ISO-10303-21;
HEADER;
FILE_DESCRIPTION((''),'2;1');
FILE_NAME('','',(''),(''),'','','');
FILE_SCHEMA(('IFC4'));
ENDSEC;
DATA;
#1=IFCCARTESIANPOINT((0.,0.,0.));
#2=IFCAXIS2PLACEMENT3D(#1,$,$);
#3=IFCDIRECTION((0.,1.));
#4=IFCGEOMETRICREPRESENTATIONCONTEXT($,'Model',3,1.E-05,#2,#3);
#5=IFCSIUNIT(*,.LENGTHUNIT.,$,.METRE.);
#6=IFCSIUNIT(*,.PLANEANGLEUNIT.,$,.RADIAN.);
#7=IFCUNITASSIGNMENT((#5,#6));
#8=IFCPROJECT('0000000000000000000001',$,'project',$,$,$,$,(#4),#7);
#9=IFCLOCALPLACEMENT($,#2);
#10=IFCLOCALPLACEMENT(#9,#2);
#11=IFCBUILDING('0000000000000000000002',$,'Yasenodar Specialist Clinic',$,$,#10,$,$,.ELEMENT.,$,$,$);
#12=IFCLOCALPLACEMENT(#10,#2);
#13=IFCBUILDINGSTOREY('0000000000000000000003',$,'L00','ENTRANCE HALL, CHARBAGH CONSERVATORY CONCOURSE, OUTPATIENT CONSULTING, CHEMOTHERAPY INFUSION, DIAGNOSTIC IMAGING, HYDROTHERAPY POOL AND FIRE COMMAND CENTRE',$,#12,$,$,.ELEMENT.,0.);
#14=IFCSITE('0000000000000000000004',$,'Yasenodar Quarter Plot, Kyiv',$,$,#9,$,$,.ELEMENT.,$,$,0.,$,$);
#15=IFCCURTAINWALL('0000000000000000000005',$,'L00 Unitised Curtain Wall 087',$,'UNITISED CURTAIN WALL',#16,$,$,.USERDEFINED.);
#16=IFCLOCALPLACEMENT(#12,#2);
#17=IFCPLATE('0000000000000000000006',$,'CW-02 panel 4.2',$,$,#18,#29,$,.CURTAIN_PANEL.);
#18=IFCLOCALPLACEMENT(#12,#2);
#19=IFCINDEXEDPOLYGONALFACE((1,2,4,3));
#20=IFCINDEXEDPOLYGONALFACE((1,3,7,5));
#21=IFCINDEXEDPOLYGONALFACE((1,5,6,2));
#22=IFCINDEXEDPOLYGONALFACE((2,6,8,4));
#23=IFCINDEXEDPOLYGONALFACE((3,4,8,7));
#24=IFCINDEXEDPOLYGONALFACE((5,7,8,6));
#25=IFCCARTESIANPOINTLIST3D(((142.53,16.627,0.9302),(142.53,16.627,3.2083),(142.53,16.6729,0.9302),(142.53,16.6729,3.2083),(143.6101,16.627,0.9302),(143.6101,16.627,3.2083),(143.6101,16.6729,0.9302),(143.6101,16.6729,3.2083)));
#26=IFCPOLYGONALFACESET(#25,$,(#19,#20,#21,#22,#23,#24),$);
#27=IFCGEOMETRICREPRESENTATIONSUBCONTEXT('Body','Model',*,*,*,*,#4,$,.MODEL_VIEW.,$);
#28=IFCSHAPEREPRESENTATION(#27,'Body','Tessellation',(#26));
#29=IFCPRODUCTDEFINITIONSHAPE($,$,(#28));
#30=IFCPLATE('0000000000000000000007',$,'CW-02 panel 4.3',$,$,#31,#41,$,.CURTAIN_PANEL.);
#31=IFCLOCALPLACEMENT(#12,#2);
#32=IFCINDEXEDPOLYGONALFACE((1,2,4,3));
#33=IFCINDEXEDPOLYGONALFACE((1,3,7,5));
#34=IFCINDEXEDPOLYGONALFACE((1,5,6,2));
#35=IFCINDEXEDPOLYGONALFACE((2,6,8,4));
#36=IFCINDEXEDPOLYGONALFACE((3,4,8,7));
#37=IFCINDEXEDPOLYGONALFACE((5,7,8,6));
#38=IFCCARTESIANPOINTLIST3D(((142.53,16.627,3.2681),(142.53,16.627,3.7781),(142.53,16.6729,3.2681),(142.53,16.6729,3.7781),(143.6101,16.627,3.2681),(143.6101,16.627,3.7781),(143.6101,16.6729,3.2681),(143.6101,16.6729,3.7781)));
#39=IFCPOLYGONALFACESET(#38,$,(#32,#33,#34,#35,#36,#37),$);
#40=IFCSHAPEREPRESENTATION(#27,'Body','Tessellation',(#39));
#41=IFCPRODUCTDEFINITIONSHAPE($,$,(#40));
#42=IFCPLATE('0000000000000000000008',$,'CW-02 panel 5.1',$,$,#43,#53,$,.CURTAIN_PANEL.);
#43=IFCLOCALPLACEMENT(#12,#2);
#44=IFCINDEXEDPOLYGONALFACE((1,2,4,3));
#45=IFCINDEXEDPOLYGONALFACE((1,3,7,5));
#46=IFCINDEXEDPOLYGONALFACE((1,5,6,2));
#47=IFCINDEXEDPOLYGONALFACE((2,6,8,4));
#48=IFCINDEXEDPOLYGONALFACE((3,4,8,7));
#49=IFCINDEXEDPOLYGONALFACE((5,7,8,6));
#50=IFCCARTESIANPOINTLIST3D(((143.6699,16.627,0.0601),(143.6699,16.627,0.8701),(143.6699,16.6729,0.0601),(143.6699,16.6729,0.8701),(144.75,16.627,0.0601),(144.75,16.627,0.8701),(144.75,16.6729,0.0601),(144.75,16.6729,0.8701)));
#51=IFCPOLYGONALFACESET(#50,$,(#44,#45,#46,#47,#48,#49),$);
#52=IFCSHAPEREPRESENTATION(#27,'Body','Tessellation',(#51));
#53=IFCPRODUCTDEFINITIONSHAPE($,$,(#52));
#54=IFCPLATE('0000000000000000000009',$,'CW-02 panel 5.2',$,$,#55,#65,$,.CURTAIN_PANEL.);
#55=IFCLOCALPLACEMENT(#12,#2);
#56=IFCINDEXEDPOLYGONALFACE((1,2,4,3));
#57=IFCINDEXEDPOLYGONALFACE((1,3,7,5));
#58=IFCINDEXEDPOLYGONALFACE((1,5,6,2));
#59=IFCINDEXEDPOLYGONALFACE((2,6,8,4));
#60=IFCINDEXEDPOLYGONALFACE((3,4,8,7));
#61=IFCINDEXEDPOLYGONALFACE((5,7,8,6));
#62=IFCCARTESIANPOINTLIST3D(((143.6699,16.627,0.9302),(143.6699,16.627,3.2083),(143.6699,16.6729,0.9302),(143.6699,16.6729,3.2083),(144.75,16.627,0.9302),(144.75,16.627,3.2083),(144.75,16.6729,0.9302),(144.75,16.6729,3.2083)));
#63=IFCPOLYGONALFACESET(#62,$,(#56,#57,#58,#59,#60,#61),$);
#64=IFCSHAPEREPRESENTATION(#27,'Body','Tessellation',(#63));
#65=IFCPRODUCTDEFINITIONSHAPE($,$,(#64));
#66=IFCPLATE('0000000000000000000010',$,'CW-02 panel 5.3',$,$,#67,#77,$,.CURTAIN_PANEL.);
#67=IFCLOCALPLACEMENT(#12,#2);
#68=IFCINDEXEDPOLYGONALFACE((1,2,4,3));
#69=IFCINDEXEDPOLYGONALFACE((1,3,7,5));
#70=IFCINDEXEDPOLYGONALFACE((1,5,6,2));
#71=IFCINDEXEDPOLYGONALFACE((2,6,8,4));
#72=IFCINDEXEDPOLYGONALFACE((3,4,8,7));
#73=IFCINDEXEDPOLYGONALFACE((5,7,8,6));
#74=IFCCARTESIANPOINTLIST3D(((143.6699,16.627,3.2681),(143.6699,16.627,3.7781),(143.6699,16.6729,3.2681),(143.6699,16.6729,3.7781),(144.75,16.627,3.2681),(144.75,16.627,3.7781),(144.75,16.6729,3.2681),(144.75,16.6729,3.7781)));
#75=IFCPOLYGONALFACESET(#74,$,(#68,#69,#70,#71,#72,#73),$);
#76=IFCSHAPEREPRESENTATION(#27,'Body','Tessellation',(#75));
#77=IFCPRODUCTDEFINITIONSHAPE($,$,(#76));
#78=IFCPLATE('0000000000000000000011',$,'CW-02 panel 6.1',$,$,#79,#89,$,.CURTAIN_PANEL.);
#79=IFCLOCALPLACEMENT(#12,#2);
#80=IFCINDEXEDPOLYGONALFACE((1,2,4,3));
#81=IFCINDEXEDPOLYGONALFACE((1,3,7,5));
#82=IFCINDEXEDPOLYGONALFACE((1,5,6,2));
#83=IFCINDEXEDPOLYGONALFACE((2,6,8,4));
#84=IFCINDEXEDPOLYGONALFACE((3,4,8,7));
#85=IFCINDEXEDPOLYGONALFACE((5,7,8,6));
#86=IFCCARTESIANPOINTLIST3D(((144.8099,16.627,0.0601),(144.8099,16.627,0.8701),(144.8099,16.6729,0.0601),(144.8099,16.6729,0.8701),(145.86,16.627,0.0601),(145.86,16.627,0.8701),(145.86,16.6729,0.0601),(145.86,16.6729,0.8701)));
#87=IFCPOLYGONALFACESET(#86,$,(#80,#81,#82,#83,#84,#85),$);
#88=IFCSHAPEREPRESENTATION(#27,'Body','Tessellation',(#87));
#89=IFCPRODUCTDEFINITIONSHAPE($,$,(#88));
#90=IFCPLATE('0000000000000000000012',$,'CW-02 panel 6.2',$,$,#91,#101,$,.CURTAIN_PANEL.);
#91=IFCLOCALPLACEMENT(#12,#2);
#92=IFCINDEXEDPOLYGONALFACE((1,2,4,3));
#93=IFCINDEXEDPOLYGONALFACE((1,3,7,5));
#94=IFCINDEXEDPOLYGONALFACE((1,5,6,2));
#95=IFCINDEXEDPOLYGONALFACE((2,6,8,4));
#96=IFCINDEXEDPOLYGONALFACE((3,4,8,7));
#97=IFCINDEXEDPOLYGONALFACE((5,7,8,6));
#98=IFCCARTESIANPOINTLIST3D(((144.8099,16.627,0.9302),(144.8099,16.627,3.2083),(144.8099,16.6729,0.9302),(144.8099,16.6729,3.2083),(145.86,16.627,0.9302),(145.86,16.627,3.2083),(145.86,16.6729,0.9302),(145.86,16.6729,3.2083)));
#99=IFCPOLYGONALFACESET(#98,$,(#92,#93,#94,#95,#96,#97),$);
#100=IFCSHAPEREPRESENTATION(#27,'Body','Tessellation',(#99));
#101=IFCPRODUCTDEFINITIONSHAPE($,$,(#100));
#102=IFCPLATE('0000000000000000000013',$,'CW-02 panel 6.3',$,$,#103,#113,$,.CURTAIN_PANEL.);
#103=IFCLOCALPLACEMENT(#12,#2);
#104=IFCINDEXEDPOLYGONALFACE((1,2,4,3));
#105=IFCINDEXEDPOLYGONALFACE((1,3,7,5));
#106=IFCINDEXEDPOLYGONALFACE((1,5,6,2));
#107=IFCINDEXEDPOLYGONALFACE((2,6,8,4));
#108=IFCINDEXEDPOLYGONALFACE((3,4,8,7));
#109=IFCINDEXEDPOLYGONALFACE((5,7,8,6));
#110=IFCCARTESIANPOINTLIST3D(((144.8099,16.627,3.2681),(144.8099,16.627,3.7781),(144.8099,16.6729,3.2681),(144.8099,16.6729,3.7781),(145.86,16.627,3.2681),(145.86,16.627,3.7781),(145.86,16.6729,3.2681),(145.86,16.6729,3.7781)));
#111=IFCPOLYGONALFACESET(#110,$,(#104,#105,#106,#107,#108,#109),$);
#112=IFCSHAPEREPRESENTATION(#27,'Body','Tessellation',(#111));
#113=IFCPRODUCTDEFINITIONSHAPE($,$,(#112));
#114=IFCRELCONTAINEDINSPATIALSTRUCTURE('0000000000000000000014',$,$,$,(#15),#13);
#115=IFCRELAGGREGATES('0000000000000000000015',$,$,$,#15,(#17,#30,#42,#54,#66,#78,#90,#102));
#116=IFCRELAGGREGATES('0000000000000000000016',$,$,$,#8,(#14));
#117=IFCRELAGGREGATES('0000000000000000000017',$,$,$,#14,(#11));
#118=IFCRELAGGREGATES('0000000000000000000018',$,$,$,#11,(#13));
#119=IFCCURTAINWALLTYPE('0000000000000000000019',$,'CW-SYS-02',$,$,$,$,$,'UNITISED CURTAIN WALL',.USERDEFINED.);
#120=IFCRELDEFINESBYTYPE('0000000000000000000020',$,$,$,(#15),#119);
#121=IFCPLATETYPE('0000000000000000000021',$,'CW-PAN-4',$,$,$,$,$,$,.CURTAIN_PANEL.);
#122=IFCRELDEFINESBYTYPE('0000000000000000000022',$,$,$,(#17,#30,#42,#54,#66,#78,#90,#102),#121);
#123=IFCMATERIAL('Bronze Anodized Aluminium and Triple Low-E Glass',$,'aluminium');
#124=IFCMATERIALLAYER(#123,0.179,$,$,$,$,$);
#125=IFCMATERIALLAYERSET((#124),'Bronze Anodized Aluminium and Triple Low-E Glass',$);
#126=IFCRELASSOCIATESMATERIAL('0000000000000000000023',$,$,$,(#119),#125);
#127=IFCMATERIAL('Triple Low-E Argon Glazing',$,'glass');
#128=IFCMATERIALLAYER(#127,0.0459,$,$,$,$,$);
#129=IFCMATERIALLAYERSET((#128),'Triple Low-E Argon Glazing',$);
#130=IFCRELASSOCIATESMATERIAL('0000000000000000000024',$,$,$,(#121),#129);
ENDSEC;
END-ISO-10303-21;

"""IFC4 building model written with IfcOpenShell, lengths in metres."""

from ifc_helpers import new_model, si_unit, direction, frame, origin, origin_2d, place, context, subcontext, project, spatial, rectangle, extrude, material, layer, layer_set, type_object, element, aggregate, save


model = new_model("IFC4")

# Units and contexts
model_context = context("Model", 3, precision=1e-05, world=origin(), true_north=direction((0.0, 1.0)))
body_context = subcontext(model_context, "Body", "Model", "MODEL_VIEW")
ifc_project = project(units=[si_unit("LENGTHUNIT", "METRE"), si_unit("PLANEANGLEUNIT", "RADIAN")], contexts=[model_context])

# Site, building, storey
site_placement = place(None, origin())
site = spatial("IfcSite", under=ifc_project, at=site_placement, Name="Yasenodar Quarter Plot, Kyiv", CompositionType="ELEMENT", RefElevation=0.0)
building_placement = place(site_placement, origin())
building = spatial("IfcBuilding", under=site, at=building_placement, Name="Yasenodar Specialist Clinic", CompositionType="ELEMENT")
storey_placement = place(building_placement, origin())
storey = spatial("IfcBuildingStorey", under=building, at=storey_placement, Name="L00", Description="ENTRANCE HALL, CHARBAGH CONSERVATORY CONCOURSE, OUTPATIENT CONSULTING, CHEMOTHERAPY INFUSION, DIAGNOSTIC IMAGING, HYDROTHERAPY POOL AND FIRE COMMAND CENTRE", CompositionType="ELEMENT", Elevation=0.0)

# Curtain wall, plates
ifc_material_1 = material(Name="Bronze Anodized Aluminium and Triple Low-E Glass", Category="aluminium")
ifc_layer_1 = layer(ifc_material_1, 0.179)
ifc_layer_set_1 = layer_set([ifc_layer_1], Name="Bronze Anodized Aluminium and Triple Low-E Glass")
curtain_wall_type = type_object("IfcCurtainWallType", Name="CW-SYS-02", ElementType="UNITISED CURTAIN WALL", PredefinedType="USERDEFINED", material=ifc_layer_set_1)
curtain_wall_placement = place(storey_placement, origin())
curtain_wall = element("IfcCurtainWall", 1, at=curtain_wall_placement, inside=storey, type_object=curtain_wall_type, Name="L00 Unitised Curtain Wall 087", ObjectType="UNITISED CURTAIN WALL", PredefinedType="USERDEFINED")
ifc_material_2 = material(Name="Triple Low-E Argon Glazing", Category="glass")
ifc_layer_2 = layer(ifc_material_2, 0.0459)
ifc_layer_set_2 = layer_set([ifc_layer_2], Name="Triple Low-E Argon Glazing")
plate_type = type_object("IfcPlateType", Name="CW-PAN-4", PredefinedType="CURTAIN_PANEL", material=ifc_layer_set_2)
plate_1_placement = place(storey_placement, frame((143.0701, 16.6499, 0.9302), z_axis=(0.0, 0.0, 1.0), x_axis=(1.0, 0.0, 0.0)))
plate_1 = element("IfcPlate", 2, at=plate_1_placement, type_object=plate_type, Name="CW-02 panel 4.2", PredefinedType="CURTAIN_PANEL", context=body_context, shape_type="SweptSolid", body=[
    extrude(rectangle(XDim=1.0801, YDim=0.0459, at=origin_2d()), origin(), (0.0, 0.0, 1.0), 2.2781),
])
plate_2_placement = place(storey_placement, frame((143.0701, 16.6499, 3.2681), z_axis=(0.0, 0.0, 1.0), x_axis=(1.0, 0.0, 0.0)))
plate_2 = element("IfcPlate", 3, at=plate_2_placement, type_object=plate_type, Name="CW-02 panel 4.3", PredefinedType="CURTAIN_PANEL", context=body_context, shape_type="SweptSolid", body=[
    extrude(rectangle(XDim=1.0801, YDim=0.0459, at=origin_2d()), origin(), (0.0, 0.0, 1.0), 0.51),
])
plate_3_placement = place(storey_placement, frame((144.21, 16.6499, 0.0601), z_axis=(0.0, 0.0, 1.0), x_axis=(1.0, 0.0, 0.0)))
plate_3 = element("IfcPlate", 4, at=plate_3_placement, type_object=plate_type, Name="CW-02 panel 5.1", PredefinedType="CURTAIN_PANEL", context=body_context, shape_type="SweptSolid", body=[
    extrude(rectangle(XDim=1.0801, YDim=0.0459, at=origin_2d()), origin(), (0.0, 0.0, 1.0), 0.8101),
])
plate_4_placement = place(storey_placement, frame((144.21, 16.6499, 0.9302), z_axis=(0.0, 0.0, 1.0), x_axis=(1.0, 0.0, 0.0)))
plate_4 = element("IfcPlate", 5, at=plate_4_placement, type_object=plate_type, Name="CW-02 panel 5.2", PredefinedType="CURTAIN_PANEL", context=body_context, shape_type="SweptSolid", body=[
    extrude(rectangle(XDim=1.0801, YDim=0.0459, at=origin_2d()), origin(), (0.0, 0.0, 1.0), 2.2781),
])
plate_5_placement = place(storey_placement, frame((144.21, 16.6499, 3.2681), z_axis=(0.0, 0.0, 1.0), x_axis=(1.0, 0.0, 0.0)))
plate_5 = element("IfcPlate", 6, at=plate_5_placement, type_object=plate_type, Name="CW-02 panel 5.3", PredefinedType="CURTAIN_PANEL", context=body_context, shape_type="SweptSolid", body=[
    extrude(rectangle(XDim=1.0801, YDim=0.0459, at=origin_2d()), origin(), (0.0, 0.0, 1.0), 0.51),
])
plate_6_placement = place(storey_placement, frame((145.335, 16.6499, 0.0601), z_axis=(0.0, 0.0, 1.0), x_axis=(1.0, 0.0, 0.0)))
plate_6 = element("IfcPlate", 7, at=plate_6_placement, type_object=plate_type, Name="CW-02 panel 6.1", PredefinedType="CURTAIN_PANEL", context=body_context, shape_type="SweptSolid", body=[
    extrude(rectangle(XDim=1.05, YDim=0.0459, at=origin_2d()), origin(), (0.0, 0.0, 1.0), 0.8101),
])
plate_7_placement = place(storey_placement, frame((145.335, 16.6499, 0.9302), z_axis=(0.0, 0.0, 1.0), x_axis=(1.0, 0.0, 0.0)))
plate_7 = element("IfcPlate", 8, at=plate_7_placement, type_object=plate_type, Name="CW-02 panel 6.2", PredefinedType="CURTAIN_PANEL", context=body_context, shape_type="SweptSolid", body=[
    extrude(rectangle(XDim=1.05, YDim=0.0459, at=origin_2d()), origin(), (0.0, 0.0, 1.0), 2.2781),
])
plate_8_placement = place(storey_placement, frame((145.335, 16.6499, 3.2681), z_axis=(0.0, 0.0, 1.0), x_axis=(1.0, 0.0, 0.0)))
plate_8 = element("IfcPlate", 9, at=plate_8_placement, type_object=plate_type, Name="CW-02 panel 6.3", PredefinedType="CURTAIN_PANEL", context=body_context, shape_type="SweptSolid", body=[
    extrude(rectangle(XDim=1.05, YDim=0.0459, at=origin_2d()), origin(), (0.0, 0.0, 1.0), 0.51),
])
aggregate(curtain_wall, [plate_1, plate_2, plate_3, plate_4, plate_5, plate_6, plate_7, plate_8])

save(model, "model.ifc")
